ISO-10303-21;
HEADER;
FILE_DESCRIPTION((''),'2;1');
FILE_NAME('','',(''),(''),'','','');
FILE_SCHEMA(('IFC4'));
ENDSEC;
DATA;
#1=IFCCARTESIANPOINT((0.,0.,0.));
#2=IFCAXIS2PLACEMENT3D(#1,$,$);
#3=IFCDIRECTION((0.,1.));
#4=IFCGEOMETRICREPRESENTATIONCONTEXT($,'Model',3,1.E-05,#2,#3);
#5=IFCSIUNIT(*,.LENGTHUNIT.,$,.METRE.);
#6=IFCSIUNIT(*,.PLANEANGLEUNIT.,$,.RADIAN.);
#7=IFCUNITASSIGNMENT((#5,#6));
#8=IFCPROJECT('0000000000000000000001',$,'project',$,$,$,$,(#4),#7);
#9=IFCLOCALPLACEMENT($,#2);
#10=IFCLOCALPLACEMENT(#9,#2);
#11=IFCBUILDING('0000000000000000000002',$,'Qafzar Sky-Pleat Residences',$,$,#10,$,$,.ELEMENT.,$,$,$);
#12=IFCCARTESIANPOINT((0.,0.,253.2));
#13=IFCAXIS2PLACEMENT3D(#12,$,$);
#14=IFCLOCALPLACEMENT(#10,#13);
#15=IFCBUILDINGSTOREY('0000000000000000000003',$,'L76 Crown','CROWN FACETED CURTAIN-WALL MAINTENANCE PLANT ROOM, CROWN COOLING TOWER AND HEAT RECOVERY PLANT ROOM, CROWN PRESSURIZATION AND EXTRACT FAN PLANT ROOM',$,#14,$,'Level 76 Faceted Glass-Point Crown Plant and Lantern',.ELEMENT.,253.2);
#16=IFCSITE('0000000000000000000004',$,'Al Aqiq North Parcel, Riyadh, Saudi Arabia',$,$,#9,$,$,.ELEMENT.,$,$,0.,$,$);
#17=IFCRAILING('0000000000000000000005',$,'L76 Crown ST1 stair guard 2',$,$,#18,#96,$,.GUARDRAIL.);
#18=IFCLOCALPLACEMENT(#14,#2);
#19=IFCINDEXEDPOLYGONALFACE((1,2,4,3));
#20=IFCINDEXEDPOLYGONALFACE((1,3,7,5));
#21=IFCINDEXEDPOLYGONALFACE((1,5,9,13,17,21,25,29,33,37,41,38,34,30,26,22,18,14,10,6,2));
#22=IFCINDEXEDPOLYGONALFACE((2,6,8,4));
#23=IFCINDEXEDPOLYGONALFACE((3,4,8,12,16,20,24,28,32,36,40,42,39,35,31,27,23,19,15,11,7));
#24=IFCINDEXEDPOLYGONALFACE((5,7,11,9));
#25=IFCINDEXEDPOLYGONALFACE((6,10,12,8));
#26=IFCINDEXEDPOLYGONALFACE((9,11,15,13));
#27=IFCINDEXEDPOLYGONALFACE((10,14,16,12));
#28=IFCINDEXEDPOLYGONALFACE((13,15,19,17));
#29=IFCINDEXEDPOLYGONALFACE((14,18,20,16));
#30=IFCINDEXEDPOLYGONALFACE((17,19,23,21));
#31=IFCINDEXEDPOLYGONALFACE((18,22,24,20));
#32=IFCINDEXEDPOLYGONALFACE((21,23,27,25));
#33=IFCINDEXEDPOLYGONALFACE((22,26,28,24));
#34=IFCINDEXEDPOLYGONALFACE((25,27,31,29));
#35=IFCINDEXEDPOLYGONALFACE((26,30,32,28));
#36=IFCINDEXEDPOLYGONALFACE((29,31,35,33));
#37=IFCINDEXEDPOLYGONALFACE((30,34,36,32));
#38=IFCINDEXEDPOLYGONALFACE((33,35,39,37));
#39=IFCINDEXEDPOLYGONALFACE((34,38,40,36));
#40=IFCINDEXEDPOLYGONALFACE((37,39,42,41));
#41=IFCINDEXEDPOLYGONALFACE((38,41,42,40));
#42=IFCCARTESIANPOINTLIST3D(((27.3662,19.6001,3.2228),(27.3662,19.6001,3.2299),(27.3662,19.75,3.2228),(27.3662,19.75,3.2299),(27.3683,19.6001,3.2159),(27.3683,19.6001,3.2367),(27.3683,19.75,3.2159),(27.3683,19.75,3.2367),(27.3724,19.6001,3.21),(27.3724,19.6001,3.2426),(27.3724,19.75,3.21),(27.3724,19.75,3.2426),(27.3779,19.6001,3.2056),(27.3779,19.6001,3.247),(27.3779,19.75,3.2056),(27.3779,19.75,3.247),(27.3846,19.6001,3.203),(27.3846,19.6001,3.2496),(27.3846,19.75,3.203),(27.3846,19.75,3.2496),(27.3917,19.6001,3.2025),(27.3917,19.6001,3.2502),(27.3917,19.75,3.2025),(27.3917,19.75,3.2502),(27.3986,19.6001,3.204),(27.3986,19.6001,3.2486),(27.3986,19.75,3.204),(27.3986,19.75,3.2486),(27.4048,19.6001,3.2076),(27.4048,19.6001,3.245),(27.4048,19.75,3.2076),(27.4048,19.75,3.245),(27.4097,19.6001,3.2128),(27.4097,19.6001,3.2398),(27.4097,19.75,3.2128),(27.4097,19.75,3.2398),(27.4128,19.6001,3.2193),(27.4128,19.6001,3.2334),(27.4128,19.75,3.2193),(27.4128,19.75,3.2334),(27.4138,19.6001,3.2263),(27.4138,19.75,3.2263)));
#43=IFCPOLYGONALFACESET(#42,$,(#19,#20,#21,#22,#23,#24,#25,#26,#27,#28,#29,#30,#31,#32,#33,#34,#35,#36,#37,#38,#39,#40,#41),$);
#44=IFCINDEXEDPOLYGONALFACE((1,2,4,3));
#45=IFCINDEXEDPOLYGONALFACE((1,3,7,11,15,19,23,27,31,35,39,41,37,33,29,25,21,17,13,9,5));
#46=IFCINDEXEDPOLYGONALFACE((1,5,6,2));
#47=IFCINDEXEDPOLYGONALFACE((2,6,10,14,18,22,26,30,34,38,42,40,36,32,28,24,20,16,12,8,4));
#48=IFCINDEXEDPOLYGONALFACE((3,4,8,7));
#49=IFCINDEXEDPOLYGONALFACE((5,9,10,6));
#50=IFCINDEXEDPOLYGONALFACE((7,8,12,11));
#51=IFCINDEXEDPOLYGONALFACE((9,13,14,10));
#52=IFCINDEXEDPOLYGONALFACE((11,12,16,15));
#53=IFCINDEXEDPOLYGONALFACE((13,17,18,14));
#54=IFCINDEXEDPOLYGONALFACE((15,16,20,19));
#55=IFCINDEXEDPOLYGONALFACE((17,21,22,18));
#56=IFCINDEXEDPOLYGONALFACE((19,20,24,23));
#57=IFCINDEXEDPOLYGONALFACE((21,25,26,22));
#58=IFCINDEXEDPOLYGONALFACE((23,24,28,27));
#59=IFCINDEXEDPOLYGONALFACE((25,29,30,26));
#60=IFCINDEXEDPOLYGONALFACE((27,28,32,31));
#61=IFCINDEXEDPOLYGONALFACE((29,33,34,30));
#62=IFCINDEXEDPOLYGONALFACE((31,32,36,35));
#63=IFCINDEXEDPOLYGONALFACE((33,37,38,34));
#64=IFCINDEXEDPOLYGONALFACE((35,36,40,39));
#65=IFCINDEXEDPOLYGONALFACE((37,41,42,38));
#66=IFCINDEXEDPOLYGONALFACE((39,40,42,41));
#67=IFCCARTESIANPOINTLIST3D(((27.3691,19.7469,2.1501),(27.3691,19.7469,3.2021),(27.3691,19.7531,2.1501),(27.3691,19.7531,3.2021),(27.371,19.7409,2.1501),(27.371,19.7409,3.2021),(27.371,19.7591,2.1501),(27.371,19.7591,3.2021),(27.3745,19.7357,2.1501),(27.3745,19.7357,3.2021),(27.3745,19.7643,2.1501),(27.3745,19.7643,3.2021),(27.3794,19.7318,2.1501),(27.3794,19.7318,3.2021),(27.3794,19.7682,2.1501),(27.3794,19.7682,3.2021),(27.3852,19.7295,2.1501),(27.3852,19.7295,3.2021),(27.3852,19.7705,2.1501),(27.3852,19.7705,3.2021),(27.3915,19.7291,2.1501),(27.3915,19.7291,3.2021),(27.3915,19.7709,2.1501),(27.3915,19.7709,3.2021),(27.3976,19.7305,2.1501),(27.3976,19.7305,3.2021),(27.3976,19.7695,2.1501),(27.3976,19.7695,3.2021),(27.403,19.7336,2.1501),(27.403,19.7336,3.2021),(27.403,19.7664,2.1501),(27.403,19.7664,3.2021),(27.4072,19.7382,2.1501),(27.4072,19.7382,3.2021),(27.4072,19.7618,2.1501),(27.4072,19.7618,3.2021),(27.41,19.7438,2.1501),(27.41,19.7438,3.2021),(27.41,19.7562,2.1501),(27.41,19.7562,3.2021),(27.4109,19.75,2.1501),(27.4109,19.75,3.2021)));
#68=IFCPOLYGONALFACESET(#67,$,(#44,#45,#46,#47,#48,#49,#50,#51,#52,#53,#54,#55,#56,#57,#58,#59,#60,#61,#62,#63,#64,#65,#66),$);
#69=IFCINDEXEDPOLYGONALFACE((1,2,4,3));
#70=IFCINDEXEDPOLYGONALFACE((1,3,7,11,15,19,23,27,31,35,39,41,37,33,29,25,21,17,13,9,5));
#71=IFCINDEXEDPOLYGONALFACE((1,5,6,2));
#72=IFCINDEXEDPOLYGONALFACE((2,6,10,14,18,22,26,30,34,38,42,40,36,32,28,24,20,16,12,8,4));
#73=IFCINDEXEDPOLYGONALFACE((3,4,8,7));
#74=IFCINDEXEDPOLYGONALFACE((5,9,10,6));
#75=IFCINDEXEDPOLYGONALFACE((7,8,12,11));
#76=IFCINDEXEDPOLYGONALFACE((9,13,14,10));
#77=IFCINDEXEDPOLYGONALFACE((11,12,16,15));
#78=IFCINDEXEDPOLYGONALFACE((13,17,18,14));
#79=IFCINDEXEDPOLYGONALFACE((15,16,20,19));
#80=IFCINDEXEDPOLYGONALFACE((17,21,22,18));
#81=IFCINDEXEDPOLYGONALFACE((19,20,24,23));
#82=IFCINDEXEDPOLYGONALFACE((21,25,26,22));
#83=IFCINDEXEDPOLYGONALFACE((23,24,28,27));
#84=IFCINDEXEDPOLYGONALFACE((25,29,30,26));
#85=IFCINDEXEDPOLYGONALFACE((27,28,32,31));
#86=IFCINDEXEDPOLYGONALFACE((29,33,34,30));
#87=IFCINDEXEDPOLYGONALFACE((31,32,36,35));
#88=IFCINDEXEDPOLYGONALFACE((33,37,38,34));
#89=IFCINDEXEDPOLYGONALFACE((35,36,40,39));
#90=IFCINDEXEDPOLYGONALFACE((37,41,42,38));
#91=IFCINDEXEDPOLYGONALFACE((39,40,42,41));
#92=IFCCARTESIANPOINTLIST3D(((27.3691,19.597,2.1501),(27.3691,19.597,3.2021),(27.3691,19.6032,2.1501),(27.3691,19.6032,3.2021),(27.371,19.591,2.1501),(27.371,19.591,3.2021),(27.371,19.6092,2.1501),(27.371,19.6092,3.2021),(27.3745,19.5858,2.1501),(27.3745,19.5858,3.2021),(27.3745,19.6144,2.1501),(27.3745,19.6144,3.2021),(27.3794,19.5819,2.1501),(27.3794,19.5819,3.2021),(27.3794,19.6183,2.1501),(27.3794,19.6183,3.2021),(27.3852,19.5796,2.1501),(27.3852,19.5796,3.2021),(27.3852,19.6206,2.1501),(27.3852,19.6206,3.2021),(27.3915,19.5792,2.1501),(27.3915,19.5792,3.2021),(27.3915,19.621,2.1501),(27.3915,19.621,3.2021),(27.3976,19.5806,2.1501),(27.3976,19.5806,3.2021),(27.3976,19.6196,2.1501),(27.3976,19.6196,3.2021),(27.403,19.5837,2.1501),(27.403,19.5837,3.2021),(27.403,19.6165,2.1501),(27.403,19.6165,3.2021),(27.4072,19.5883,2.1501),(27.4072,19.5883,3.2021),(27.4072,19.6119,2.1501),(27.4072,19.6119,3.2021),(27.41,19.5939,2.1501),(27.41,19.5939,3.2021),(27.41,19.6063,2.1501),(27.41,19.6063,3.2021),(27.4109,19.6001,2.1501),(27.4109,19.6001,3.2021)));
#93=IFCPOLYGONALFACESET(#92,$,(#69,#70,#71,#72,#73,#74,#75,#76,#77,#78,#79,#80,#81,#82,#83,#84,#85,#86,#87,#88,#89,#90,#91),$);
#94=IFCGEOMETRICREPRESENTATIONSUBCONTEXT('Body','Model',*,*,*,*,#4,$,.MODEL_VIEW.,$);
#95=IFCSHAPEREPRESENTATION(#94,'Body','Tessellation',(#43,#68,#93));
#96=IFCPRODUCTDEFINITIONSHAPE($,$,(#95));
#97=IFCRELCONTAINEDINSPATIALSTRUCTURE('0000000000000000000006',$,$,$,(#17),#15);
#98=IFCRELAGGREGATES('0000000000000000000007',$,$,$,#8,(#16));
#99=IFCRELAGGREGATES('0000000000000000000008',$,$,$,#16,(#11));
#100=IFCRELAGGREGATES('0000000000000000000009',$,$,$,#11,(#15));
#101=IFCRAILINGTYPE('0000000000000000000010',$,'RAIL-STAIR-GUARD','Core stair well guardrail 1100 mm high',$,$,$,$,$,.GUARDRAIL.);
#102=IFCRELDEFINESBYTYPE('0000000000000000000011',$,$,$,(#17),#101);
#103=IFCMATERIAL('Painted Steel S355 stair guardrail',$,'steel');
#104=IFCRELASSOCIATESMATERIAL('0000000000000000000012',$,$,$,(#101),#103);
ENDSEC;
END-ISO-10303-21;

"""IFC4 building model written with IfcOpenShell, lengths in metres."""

from ifc_helpers import new_model, si_unit, direction, frame, origin, origin_2d, place, context, subcontext, project, spatial, circle, extrude, source, transform, mapped, material, type_object, element, save


model = new_model("IFC4")

# Units and contexts
model_context = context("Model", 3, precision=1e-05, world=origin(), true_north=direction((0.0, 1.0)))
body_context = subcontext(model_context, "Body", "Model", "MODEL_VIEW")
ifc_project = project(units=[si_unit("LENGTHUNIT", "METRE"), si_unit("PLANEANGLEUNIT", "RADIAN")], contexts=[model_context])

# Site, building, storey
site_placement = place(None, origin())
site = spatial("IfcSite", under=ifc_project, at=site_placement, Name="Al Aqiq North Parcel, Riyadh, Saudi Arabia", CompositionType="ELEMENT", RefElevation=0.0)
building_placement = place(site_placement, origin())
building = spatial("IfcBuilding", under=site, at=building_placement, Name="Qafzar Sky-Pleat Residences", CompositionType="ELEMENT")
storey_placement = place(building_placement, frame((0.0, 0.0, 253.2)))
storey = spatial("IfcBuildingStorey", under=building, at=storey_placement, Name="L76 Crown", Description="CROWN FACETED CURTAIN-WALL MAINTENANCE PLANT ROOM, CROWN COOLING TOWER AND HEAT RECOVERY PLANT ROOM, CROWN PRESSURIZATION AND EXTRACT FAN PLANT ROOM", LongName="Level 76 Faceted Glass-Point Crown Plant and Lantern", CompositionType="ELEMENT", Elevation=253.2)

# Railing
ifc_material_1 = material(Name="Painted Steel S355 stair guardrail", Category="steel")
railing_type_1 = type_object("IfcRailingType", Name="RAIL-STAIR-GUARD", Description="Core stair well guardrail 1100 mm high", PredefinedType="GUARDRAIL", material=ifc_material_1)
shared_shape_1 = source(origin(), body_context, "Body", "SweptSolid", [
    extrude(circle(Radius=0.0239, at=origin_2d()), frame((0.0, 0.0, 1.0762), z_axis=(0.0, -1.0, 0.0), x_axis=(1.0, 0.0, 0.0)), (0.0, 0.0, 1.0), 0.1499),
    extrude(circle(Radius=0.021, at=origin_2d()), origin(), (0.0, 0.0, 1.0), 1.052),
    extrude(circle(Radius=0.021, at=origin_2d()), frame((0.0, -0.1499, 0.0)), (0.0, 0.0, 1.0), 1.052),
])
railing_1_placement = place(storey_placement, frame((27.3899, 19.75, 2.1501)))
element("IfcRailing", 1, at=railing_1_placement, inside=storey, type_object=railing_type_1, Name="L76 Crown ST1 stair guard 2", PredefinedType="GUARDRAIL", context=body_context, shape_type="MappedRepresentation", body=[
    mapped(shared_shape_1, transform((0.0, 0.0, 0.0), x_axis=(1.0, 0.0, 0.0), y_axis=(0.0, 1.0, 0.0), z_axis=(0.0, 0.0, 1.0), scale=1.0)),
])

save(model, "model.ifc")
